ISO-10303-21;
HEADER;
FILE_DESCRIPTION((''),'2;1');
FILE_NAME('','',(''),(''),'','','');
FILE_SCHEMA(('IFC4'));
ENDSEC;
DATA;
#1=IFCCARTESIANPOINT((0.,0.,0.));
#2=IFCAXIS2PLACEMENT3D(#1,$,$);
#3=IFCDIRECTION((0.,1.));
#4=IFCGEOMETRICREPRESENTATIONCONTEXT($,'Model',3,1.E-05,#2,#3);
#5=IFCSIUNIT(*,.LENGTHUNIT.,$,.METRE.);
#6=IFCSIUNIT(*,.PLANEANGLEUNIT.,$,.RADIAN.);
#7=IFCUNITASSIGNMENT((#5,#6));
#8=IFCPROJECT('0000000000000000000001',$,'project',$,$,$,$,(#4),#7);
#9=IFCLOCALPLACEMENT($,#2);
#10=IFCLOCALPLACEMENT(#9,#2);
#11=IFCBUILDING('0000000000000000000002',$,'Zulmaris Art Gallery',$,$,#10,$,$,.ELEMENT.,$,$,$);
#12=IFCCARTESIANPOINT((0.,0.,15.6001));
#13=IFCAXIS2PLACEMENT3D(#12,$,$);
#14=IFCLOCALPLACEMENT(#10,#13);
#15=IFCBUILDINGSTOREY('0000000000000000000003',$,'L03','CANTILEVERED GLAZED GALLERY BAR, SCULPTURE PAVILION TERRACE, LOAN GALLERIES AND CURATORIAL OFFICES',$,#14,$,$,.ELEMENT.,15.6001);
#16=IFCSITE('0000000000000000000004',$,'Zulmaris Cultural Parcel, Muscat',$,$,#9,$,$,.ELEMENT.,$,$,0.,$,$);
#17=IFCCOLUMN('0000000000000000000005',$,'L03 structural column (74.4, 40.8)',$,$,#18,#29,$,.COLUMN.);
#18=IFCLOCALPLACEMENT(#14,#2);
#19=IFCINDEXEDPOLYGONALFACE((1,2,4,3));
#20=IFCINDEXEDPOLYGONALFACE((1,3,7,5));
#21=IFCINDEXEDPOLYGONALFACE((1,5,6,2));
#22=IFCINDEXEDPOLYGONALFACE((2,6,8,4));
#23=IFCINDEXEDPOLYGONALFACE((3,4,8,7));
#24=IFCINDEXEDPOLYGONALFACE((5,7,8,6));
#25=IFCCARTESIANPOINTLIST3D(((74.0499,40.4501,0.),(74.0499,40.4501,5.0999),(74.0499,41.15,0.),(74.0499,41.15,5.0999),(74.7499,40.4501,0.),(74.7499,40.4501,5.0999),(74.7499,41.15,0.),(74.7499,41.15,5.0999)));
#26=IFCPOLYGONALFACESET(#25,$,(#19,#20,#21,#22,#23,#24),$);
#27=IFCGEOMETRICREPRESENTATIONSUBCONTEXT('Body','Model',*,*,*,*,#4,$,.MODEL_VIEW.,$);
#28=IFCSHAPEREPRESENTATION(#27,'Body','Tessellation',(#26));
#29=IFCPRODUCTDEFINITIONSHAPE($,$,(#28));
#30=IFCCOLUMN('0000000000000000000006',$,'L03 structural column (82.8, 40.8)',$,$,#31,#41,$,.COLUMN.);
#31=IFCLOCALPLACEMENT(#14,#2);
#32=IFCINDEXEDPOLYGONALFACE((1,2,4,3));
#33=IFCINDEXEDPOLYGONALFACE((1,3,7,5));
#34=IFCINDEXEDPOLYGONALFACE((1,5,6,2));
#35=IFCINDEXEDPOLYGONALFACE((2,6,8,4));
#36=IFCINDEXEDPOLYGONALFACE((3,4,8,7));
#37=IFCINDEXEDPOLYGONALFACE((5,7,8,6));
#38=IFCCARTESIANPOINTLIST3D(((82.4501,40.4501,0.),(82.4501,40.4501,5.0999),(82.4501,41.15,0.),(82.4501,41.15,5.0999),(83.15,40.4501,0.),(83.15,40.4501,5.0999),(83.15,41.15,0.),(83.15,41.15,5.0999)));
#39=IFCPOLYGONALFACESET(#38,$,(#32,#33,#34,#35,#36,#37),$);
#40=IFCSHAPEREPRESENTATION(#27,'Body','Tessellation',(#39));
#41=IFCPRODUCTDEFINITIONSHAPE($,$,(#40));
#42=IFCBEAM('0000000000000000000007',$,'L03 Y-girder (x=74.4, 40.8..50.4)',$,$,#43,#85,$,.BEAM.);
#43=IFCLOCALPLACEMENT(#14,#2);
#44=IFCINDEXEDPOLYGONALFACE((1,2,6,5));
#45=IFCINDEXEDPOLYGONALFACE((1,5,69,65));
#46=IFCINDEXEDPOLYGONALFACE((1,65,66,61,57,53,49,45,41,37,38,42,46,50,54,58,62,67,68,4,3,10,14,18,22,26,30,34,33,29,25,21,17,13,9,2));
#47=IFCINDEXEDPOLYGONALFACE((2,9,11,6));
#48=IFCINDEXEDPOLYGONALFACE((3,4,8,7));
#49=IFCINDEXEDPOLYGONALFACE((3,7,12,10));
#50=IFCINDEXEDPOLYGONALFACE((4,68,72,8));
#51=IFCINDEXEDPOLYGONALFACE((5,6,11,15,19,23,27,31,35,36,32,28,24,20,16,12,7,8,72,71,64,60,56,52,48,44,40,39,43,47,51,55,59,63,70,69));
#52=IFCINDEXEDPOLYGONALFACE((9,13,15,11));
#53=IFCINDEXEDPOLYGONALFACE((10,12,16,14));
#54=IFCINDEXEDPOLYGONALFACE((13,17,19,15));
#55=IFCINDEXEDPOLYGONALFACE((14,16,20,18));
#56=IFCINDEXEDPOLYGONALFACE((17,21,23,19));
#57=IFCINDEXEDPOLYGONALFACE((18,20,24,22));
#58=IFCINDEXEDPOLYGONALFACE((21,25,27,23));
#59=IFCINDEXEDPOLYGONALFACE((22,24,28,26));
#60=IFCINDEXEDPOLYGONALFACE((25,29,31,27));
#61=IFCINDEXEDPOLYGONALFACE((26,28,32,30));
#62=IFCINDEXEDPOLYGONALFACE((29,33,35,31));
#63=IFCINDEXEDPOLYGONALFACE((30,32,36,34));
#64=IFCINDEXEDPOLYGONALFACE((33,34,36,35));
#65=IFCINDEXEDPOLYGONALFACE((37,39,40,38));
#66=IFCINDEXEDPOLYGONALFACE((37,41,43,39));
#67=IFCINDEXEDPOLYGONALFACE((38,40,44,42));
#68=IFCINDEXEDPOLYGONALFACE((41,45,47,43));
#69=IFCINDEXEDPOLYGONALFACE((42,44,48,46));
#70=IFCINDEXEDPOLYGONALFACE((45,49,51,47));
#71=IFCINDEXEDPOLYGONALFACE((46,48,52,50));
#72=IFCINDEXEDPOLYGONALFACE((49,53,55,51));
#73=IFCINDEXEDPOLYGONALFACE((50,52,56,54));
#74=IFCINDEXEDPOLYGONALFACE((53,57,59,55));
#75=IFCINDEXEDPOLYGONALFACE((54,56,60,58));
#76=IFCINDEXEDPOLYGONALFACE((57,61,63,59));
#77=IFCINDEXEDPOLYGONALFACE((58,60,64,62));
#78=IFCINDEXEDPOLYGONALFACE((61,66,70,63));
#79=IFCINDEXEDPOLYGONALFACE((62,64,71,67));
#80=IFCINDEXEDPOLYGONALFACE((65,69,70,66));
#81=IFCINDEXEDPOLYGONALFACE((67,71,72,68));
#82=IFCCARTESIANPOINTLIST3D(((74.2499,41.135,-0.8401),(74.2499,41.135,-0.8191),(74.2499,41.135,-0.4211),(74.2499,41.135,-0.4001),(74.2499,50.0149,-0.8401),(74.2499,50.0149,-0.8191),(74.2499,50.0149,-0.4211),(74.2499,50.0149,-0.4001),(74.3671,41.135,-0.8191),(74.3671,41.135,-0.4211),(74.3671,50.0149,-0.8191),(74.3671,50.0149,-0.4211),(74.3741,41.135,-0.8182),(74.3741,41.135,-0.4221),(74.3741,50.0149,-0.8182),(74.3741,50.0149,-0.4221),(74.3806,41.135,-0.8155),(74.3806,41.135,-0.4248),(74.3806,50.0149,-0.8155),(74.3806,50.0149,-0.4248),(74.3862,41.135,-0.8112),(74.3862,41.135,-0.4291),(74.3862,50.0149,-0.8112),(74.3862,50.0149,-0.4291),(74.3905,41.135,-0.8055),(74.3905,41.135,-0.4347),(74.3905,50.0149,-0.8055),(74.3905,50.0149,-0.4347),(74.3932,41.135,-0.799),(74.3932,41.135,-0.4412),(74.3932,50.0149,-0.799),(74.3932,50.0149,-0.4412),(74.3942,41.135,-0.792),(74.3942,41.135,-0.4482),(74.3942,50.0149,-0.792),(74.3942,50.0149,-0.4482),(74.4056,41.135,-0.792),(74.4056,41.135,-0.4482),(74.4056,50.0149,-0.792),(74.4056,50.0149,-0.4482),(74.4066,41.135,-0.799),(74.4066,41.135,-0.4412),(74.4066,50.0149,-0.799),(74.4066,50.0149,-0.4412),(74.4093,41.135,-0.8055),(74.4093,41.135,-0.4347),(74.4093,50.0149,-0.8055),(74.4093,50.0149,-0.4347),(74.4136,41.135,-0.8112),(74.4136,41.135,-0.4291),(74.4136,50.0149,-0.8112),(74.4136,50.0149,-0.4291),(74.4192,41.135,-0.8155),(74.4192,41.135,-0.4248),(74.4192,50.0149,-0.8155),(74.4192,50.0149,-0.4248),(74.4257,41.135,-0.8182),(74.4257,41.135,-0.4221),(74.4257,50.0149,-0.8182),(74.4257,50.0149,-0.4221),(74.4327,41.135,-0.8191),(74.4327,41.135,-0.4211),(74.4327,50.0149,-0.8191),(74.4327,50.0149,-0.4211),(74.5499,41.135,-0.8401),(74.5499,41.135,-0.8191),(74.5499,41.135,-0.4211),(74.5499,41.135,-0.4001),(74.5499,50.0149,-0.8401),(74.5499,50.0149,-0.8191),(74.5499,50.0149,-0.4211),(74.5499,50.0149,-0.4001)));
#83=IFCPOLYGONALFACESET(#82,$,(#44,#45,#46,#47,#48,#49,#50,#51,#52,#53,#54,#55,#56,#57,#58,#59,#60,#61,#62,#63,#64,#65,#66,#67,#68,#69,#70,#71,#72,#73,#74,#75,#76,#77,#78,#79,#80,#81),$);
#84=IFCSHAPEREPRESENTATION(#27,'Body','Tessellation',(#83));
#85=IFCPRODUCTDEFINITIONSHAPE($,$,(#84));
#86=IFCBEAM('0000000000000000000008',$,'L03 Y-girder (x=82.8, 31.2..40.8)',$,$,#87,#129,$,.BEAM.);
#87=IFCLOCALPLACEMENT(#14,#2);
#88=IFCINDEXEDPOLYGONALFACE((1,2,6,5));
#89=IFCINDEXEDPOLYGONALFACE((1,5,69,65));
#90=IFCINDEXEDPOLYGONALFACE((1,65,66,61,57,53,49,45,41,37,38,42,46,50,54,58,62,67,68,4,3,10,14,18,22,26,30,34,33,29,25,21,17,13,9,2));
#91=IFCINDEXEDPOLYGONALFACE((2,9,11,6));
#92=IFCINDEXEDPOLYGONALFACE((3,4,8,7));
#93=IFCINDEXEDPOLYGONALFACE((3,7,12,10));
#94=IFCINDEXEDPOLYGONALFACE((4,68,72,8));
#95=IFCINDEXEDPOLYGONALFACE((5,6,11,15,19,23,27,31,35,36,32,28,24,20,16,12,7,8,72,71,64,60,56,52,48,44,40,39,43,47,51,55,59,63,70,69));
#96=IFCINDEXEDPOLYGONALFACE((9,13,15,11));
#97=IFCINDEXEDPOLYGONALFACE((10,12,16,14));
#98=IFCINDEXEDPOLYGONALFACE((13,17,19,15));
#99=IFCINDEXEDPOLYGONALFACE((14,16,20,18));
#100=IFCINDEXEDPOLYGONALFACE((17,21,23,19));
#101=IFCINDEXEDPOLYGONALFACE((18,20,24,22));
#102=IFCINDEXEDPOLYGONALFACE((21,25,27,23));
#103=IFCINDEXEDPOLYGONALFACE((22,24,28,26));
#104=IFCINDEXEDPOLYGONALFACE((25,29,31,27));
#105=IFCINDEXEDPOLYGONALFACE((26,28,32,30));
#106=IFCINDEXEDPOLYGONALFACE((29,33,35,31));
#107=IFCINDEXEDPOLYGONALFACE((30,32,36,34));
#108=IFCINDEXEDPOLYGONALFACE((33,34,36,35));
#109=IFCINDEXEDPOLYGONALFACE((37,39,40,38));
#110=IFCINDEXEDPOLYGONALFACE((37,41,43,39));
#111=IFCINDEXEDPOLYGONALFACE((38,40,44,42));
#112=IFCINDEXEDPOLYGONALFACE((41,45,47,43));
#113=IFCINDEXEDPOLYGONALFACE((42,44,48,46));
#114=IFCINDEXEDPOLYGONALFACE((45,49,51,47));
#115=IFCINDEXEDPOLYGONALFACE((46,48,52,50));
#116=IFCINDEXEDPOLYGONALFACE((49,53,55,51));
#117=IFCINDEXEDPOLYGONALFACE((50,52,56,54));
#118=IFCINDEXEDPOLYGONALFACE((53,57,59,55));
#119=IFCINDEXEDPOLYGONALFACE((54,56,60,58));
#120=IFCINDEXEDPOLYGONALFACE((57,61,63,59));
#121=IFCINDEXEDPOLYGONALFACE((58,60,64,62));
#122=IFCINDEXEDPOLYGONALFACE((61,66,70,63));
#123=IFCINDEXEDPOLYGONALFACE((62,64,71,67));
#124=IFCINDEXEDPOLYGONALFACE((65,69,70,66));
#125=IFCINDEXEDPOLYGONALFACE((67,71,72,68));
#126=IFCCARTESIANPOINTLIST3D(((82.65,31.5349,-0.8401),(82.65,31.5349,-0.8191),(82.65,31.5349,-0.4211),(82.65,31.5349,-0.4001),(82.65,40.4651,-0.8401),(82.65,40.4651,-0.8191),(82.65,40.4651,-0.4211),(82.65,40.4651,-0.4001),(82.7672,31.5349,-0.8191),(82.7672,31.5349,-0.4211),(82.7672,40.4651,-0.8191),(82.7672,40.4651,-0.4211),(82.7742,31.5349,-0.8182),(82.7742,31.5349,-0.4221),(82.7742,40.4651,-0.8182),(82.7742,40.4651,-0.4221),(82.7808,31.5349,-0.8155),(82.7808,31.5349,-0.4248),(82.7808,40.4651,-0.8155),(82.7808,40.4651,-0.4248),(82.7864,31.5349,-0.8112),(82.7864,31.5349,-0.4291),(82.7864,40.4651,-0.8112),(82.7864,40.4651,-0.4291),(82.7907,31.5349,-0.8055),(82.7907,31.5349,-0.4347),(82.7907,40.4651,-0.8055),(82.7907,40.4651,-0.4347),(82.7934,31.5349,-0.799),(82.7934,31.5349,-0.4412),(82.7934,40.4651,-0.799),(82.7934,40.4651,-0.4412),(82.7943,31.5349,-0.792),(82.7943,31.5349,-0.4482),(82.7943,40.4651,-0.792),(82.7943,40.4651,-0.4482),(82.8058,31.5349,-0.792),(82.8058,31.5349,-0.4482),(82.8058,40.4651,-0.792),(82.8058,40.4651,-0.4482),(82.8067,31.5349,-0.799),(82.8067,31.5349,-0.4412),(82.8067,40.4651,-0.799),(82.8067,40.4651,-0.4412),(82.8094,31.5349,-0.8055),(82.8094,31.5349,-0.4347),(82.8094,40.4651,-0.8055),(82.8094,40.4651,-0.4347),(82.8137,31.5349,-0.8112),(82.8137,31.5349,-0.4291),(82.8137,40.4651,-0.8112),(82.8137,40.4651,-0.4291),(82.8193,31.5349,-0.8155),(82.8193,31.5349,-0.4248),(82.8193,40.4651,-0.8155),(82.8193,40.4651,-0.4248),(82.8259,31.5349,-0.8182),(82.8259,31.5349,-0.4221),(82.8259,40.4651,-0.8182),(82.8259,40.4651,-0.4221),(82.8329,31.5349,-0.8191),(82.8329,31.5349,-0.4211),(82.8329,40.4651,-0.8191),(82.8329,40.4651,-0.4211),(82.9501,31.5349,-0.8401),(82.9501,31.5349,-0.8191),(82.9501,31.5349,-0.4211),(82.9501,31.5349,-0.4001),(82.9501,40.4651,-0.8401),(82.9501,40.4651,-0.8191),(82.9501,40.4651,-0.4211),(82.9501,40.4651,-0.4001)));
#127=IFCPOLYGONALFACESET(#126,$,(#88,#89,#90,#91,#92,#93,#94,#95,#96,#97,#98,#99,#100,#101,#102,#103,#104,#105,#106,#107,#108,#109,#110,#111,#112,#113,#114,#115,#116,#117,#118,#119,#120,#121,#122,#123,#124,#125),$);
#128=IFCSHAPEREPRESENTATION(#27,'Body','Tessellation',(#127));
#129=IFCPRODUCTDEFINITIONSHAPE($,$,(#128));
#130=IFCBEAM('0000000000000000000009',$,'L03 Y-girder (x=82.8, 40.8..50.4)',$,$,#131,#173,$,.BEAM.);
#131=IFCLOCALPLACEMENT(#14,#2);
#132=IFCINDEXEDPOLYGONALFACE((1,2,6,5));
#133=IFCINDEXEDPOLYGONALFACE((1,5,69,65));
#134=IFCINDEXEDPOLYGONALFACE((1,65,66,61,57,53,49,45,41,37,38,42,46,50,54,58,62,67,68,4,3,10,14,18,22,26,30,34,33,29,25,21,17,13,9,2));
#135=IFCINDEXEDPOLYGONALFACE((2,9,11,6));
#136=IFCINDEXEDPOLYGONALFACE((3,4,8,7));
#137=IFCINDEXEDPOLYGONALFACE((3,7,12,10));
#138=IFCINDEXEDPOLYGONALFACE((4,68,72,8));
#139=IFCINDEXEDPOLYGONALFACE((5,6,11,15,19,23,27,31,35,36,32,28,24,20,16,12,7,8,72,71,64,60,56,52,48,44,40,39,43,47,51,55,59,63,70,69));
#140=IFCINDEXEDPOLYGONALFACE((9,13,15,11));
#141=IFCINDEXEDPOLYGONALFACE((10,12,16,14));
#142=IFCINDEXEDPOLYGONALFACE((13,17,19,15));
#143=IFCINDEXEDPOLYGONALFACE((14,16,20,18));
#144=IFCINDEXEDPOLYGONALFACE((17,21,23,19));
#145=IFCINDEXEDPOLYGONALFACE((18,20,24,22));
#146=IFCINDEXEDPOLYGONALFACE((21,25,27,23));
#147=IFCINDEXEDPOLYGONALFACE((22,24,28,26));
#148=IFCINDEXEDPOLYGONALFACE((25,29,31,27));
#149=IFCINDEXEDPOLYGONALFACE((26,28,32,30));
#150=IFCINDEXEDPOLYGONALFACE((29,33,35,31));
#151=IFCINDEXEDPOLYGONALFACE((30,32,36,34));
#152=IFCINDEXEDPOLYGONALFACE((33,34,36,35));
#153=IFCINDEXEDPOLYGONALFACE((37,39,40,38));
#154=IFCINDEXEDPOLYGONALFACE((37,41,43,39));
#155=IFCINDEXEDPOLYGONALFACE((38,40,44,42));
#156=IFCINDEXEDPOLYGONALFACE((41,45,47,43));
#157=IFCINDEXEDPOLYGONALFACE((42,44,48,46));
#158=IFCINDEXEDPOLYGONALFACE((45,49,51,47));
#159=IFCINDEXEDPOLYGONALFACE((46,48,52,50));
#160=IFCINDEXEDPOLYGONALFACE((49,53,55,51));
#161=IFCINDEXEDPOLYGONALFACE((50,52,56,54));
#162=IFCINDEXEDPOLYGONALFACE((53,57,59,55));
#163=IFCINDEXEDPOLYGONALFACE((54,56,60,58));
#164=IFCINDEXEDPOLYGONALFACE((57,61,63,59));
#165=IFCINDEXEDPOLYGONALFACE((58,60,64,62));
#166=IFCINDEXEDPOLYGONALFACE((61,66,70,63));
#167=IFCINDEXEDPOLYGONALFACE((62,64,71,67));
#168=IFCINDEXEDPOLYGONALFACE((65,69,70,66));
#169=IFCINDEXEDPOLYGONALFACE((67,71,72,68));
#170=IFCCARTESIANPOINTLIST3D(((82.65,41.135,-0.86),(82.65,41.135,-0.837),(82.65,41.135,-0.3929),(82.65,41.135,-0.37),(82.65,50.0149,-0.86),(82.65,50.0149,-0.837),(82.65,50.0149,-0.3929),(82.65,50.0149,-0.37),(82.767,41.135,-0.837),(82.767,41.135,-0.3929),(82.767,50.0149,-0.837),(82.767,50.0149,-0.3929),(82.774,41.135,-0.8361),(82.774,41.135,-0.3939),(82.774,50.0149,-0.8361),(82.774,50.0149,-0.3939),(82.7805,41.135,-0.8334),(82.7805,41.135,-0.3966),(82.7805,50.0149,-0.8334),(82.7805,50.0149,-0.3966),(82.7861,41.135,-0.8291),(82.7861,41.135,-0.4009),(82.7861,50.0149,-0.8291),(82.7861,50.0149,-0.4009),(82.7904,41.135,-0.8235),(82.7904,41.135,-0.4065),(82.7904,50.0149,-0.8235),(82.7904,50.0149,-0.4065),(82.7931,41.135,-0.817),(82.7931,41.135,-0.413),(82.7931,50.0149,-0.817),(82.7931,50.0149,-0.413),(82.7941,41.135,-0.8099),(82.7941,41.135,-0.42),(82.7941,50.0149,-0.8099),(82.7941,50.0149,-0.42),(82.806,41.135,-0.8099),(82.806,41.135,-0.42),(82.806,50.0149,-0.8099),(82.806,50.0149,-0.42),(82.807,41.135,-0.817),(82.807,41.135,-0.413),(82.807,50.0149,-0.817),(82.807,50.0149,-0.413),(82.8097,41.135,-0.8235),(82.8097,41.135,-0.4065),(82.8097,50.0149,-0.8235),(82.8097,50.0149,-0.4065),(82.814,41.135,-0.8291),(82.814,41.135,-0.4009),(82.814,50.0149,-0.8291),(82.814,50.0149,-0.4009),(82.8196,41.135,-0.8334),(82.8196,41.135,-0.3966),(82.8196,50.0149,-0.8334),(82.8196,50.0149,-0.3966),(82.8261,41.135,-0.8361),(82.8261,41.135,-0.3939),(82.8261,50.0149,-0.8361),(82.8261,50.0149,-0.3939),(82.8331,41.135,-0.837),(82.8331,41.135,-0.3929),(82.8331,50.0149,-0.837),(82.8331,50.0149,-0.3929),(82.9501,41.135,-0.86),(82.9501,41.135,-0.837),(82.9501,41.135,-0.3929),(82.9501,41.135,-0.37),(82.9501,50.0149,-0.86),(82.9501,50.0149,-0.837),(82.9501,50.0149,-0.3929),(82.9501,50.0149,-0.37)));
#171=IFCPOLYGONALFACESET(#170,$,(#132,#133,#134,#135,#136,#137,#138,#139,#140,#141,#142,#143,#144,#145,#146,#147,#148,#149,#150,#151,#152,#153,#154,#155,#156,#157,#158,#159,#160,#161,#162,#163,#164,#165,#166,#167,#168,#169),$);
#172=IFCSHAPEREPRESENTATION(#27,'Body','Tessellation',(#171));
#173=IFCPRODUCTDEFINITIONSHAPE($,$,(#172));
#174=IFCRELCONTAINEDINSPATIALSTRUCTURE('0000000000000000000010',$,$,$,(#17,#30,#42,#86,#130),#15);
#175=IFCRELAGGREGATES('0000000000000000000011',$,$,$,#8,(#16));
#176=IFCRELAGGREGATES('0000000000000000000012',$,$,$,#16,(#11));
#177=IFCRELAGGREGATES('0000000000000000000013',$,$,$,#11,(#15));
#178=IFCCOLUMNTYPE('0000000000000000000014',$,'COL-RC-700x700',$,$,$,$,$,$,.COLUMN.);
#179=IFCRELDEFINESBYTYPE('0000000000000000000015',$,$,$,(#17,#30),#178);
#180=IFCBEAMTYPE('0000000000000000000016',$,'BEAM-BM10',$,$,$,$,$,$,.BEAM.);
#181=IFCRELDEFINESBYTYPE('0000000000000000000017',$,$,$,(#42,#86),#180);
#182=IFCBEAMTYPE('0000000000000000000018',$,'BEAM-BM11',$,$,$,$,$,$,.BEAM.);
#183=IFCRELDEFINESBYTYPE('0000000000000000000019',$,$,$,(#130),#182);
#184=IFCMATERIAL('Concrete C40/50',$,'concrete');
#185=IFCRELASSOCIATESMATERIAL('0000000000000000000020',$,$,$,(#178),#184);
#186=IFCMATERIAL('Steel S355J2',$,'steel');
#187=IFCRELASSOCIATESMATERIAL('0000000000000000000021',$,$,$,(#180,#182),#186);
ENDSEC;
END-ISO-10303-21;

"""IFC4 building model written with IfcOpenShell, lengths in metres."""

from ifc_helpers import new_model, si_unit, direction, frame, origin, origin_2d, place, context, subcontext, project, spatial, rectangle, i_section, extrude, material, material_profile, profile_set, type_object, element, save


model = new_model("IFC4")

# Units and contexts
model_context = context("Model", 3, precision=1e-05, world=origin(), true_north=direction((0.0, 1.0)))
body_context = subcontext(model_context, "Body", "Model", "MODEL_VIEW")
ifc_project = project(units=[si_unit("LENGTHUNIT", "METRE"), si_unit("PLANEANGLEUNIT", "RADIAN")], contexts=[model_context])

# Site, building, storey
site_placement = place(None, origin())
site = spatial("IfcSite", under=ifc_project, at=site_placement, Name="Zulmaris Cultural Parcel, Muscat", CompositionType="ELEMENT", RefElevation=0.0)
building_placement = place(site_placement, origin())
building = spatial("IfcBuilding", under=site, at=building_placement, Name="Zulmaris Art Gallery", CompositionType="ELEMENT")
storey_placement = place(building_placement, frame((0.0, 0.0, 15.6001)))
storey = spatial("IfcBuildingStorey", under=building, at=storey_placement, Name="L03", Description="CANTILEVERED GLAZED GALLERY BAR, SCULPTURE PAVILION TERRACE, LOAN GALLERIES AND CURATORIAL OFFICES", CompositionType="ELEMENT", Elevation=15.6001)

# Columns
ifc_material_1 = material(Name="Concrete C40/50", Category="concrete")
ifc_material_profile_1 = material_profile(ifc_material_1, rectangle(XDim=0.7, YDim=0.7, at=origin_2d()), Name="RC 700x700")
ifc_profile_set_1 = profile_set([ifc_material_profile_1], Name="Concrete C40/50")
column_type = type_object("IfcColumnType", Name="COL-RC-700x700", PredefinedType="COLUMN", material=ifc_profile_set_1)
for number, where, z_axis, x_axis, name in (
    (1, (74.3999, 40.8, 0.0), (0.0, 0.0, 1.0), (1.0, 0.0, 0.0), "L03 structural column (74.4, 40.8)"),
    (2, (82.8, 40.8, 0.0), (0.0, 0.0, 1.0), (1.0, 0.0, 0.0), "L03 structural column (82.8, 40.8)"),
):
    element("IfcColumn", number, at=place(storey_placement, frame(where, z_axis=z_axis, x_axis=x_axis)), inside=storey, type_object=column_type, Name=name, PredefinedType="COLUMN", context=body_context, shape_type="SweptSolid", body=[
        extrude(rectangle(XDim=0.7, YDim=0.7, at=origin_2d()), origin(), (0.0, 0.0, 1.0), 5.0999),
    ])

# Beams
ifc_material_2 = material(Name="Steel S355J2", Category="steel")
ifc_material_profile_2 = material_profile(ifc_material_2, i_section(OverallWidth=0.3, OverallDepth=0.4399, WebThickness=0.0115, FlangeThickness=0.021, FilletRadius=0.0271, at=origin_2d()), Name="HEA 450")
ifc_profile_set_2 = profile_set([ifc_material_profile_2], Name="Steel S355J2")
beam_type_1 = type_object("IfcBeamType", Name="BEAM-BM10", PredefinedType="BEAM", material=ifc_profile_set_2)
beam_1_placement = place(storey_placement, frame((74.3999, 41.135, -0.6201), z_axis=(0.0, 1.0, 0.0), x_axis=(-1.0, 0.0, 0.0)))
element("IfcBeam", 3, at=beam_1_placement, inside=storey, type_object=beam_type_1, Name="L03 Y-girder (x=74.4, 40.8..50.4)", PredefinedType="BEAM", context=body_context, shape_type="SweptSolid", body=[
    extrude(i_section(OverallWidth=0.3, OverallDepth=0.4399, WebThickness=0.0115, FlangeThickness=0.021, FilletRadius=0.0271, at=origin_2d()), origin(), (0.0, 0.0, 1.0), 8.8799),
])
beam_2_placement = place(storey_placement, frame((82.8, 31.5349, -0.6201), z_axis=(0.0, 1.0, 0.0), x_axis=(-1.0, 0.0, 0.0)))
element("IfcBeam", 4, at=beam_2_placement, inside=storey, type_object=beam_type_1, Name="L03 Y-girder (x=82.8, 31.2..40.8)", PredefinedType="BEAM", context=body_context, shape_type="SweptSolid", body=[
    extrude(i_section(OverallWidth=0.3, OverallDepth=0.4399, WebThickness=0.0115, FlangeThickness=0.021, FilletRadius=0.0271, at=origin_2d()), origin(), (0.0, 0.0, 1.0), 8.9302),
])
ifc_material_profile_3 = material_profile(ifc_material_2, i_section(OverallWidth=0.3, OverallDepth=0.49, WebThickness=0.012, FlangeThickness=0.0229, FilletRadius=0.0271, at=origin_2d()), Name="HEA 500")
ifc_profile_set_3 = profile_set([ifc_material_profile_3], Name="Steel S355J2")
beam_type_2 = type_object("IfcBeamType", Name="BEAM-BM11", PredefinedType="BEAM", material=ifc_profile_set_3)
beam_3_placement = place(storey_placement, frame((82.8, 41.135, -0.615), z_axis=(0.0, 1.0, 0.0), x_axis=(-1.0, 0.0, 0.0)))
element("IfcBeam", 5, at=beam_3_placement, inside=storey, type_object=beam_type_2, Name="L03 Y-girder (x=82.8, 40.8..50.4)", PredefinedType="BEAM", context=body_context, shape_type="SweptSolid", body=[
    extrude(i_section(OverallWidth=0.3, OverallDepth=0.49, WebThickness=0.012, FlangeThickness=0.0229, FilletRadius=0.0271, at=origin_2d()), origin(), (0.0, 0.0, 1.0), 8.8799),
])

save(model, "model.ifc")
